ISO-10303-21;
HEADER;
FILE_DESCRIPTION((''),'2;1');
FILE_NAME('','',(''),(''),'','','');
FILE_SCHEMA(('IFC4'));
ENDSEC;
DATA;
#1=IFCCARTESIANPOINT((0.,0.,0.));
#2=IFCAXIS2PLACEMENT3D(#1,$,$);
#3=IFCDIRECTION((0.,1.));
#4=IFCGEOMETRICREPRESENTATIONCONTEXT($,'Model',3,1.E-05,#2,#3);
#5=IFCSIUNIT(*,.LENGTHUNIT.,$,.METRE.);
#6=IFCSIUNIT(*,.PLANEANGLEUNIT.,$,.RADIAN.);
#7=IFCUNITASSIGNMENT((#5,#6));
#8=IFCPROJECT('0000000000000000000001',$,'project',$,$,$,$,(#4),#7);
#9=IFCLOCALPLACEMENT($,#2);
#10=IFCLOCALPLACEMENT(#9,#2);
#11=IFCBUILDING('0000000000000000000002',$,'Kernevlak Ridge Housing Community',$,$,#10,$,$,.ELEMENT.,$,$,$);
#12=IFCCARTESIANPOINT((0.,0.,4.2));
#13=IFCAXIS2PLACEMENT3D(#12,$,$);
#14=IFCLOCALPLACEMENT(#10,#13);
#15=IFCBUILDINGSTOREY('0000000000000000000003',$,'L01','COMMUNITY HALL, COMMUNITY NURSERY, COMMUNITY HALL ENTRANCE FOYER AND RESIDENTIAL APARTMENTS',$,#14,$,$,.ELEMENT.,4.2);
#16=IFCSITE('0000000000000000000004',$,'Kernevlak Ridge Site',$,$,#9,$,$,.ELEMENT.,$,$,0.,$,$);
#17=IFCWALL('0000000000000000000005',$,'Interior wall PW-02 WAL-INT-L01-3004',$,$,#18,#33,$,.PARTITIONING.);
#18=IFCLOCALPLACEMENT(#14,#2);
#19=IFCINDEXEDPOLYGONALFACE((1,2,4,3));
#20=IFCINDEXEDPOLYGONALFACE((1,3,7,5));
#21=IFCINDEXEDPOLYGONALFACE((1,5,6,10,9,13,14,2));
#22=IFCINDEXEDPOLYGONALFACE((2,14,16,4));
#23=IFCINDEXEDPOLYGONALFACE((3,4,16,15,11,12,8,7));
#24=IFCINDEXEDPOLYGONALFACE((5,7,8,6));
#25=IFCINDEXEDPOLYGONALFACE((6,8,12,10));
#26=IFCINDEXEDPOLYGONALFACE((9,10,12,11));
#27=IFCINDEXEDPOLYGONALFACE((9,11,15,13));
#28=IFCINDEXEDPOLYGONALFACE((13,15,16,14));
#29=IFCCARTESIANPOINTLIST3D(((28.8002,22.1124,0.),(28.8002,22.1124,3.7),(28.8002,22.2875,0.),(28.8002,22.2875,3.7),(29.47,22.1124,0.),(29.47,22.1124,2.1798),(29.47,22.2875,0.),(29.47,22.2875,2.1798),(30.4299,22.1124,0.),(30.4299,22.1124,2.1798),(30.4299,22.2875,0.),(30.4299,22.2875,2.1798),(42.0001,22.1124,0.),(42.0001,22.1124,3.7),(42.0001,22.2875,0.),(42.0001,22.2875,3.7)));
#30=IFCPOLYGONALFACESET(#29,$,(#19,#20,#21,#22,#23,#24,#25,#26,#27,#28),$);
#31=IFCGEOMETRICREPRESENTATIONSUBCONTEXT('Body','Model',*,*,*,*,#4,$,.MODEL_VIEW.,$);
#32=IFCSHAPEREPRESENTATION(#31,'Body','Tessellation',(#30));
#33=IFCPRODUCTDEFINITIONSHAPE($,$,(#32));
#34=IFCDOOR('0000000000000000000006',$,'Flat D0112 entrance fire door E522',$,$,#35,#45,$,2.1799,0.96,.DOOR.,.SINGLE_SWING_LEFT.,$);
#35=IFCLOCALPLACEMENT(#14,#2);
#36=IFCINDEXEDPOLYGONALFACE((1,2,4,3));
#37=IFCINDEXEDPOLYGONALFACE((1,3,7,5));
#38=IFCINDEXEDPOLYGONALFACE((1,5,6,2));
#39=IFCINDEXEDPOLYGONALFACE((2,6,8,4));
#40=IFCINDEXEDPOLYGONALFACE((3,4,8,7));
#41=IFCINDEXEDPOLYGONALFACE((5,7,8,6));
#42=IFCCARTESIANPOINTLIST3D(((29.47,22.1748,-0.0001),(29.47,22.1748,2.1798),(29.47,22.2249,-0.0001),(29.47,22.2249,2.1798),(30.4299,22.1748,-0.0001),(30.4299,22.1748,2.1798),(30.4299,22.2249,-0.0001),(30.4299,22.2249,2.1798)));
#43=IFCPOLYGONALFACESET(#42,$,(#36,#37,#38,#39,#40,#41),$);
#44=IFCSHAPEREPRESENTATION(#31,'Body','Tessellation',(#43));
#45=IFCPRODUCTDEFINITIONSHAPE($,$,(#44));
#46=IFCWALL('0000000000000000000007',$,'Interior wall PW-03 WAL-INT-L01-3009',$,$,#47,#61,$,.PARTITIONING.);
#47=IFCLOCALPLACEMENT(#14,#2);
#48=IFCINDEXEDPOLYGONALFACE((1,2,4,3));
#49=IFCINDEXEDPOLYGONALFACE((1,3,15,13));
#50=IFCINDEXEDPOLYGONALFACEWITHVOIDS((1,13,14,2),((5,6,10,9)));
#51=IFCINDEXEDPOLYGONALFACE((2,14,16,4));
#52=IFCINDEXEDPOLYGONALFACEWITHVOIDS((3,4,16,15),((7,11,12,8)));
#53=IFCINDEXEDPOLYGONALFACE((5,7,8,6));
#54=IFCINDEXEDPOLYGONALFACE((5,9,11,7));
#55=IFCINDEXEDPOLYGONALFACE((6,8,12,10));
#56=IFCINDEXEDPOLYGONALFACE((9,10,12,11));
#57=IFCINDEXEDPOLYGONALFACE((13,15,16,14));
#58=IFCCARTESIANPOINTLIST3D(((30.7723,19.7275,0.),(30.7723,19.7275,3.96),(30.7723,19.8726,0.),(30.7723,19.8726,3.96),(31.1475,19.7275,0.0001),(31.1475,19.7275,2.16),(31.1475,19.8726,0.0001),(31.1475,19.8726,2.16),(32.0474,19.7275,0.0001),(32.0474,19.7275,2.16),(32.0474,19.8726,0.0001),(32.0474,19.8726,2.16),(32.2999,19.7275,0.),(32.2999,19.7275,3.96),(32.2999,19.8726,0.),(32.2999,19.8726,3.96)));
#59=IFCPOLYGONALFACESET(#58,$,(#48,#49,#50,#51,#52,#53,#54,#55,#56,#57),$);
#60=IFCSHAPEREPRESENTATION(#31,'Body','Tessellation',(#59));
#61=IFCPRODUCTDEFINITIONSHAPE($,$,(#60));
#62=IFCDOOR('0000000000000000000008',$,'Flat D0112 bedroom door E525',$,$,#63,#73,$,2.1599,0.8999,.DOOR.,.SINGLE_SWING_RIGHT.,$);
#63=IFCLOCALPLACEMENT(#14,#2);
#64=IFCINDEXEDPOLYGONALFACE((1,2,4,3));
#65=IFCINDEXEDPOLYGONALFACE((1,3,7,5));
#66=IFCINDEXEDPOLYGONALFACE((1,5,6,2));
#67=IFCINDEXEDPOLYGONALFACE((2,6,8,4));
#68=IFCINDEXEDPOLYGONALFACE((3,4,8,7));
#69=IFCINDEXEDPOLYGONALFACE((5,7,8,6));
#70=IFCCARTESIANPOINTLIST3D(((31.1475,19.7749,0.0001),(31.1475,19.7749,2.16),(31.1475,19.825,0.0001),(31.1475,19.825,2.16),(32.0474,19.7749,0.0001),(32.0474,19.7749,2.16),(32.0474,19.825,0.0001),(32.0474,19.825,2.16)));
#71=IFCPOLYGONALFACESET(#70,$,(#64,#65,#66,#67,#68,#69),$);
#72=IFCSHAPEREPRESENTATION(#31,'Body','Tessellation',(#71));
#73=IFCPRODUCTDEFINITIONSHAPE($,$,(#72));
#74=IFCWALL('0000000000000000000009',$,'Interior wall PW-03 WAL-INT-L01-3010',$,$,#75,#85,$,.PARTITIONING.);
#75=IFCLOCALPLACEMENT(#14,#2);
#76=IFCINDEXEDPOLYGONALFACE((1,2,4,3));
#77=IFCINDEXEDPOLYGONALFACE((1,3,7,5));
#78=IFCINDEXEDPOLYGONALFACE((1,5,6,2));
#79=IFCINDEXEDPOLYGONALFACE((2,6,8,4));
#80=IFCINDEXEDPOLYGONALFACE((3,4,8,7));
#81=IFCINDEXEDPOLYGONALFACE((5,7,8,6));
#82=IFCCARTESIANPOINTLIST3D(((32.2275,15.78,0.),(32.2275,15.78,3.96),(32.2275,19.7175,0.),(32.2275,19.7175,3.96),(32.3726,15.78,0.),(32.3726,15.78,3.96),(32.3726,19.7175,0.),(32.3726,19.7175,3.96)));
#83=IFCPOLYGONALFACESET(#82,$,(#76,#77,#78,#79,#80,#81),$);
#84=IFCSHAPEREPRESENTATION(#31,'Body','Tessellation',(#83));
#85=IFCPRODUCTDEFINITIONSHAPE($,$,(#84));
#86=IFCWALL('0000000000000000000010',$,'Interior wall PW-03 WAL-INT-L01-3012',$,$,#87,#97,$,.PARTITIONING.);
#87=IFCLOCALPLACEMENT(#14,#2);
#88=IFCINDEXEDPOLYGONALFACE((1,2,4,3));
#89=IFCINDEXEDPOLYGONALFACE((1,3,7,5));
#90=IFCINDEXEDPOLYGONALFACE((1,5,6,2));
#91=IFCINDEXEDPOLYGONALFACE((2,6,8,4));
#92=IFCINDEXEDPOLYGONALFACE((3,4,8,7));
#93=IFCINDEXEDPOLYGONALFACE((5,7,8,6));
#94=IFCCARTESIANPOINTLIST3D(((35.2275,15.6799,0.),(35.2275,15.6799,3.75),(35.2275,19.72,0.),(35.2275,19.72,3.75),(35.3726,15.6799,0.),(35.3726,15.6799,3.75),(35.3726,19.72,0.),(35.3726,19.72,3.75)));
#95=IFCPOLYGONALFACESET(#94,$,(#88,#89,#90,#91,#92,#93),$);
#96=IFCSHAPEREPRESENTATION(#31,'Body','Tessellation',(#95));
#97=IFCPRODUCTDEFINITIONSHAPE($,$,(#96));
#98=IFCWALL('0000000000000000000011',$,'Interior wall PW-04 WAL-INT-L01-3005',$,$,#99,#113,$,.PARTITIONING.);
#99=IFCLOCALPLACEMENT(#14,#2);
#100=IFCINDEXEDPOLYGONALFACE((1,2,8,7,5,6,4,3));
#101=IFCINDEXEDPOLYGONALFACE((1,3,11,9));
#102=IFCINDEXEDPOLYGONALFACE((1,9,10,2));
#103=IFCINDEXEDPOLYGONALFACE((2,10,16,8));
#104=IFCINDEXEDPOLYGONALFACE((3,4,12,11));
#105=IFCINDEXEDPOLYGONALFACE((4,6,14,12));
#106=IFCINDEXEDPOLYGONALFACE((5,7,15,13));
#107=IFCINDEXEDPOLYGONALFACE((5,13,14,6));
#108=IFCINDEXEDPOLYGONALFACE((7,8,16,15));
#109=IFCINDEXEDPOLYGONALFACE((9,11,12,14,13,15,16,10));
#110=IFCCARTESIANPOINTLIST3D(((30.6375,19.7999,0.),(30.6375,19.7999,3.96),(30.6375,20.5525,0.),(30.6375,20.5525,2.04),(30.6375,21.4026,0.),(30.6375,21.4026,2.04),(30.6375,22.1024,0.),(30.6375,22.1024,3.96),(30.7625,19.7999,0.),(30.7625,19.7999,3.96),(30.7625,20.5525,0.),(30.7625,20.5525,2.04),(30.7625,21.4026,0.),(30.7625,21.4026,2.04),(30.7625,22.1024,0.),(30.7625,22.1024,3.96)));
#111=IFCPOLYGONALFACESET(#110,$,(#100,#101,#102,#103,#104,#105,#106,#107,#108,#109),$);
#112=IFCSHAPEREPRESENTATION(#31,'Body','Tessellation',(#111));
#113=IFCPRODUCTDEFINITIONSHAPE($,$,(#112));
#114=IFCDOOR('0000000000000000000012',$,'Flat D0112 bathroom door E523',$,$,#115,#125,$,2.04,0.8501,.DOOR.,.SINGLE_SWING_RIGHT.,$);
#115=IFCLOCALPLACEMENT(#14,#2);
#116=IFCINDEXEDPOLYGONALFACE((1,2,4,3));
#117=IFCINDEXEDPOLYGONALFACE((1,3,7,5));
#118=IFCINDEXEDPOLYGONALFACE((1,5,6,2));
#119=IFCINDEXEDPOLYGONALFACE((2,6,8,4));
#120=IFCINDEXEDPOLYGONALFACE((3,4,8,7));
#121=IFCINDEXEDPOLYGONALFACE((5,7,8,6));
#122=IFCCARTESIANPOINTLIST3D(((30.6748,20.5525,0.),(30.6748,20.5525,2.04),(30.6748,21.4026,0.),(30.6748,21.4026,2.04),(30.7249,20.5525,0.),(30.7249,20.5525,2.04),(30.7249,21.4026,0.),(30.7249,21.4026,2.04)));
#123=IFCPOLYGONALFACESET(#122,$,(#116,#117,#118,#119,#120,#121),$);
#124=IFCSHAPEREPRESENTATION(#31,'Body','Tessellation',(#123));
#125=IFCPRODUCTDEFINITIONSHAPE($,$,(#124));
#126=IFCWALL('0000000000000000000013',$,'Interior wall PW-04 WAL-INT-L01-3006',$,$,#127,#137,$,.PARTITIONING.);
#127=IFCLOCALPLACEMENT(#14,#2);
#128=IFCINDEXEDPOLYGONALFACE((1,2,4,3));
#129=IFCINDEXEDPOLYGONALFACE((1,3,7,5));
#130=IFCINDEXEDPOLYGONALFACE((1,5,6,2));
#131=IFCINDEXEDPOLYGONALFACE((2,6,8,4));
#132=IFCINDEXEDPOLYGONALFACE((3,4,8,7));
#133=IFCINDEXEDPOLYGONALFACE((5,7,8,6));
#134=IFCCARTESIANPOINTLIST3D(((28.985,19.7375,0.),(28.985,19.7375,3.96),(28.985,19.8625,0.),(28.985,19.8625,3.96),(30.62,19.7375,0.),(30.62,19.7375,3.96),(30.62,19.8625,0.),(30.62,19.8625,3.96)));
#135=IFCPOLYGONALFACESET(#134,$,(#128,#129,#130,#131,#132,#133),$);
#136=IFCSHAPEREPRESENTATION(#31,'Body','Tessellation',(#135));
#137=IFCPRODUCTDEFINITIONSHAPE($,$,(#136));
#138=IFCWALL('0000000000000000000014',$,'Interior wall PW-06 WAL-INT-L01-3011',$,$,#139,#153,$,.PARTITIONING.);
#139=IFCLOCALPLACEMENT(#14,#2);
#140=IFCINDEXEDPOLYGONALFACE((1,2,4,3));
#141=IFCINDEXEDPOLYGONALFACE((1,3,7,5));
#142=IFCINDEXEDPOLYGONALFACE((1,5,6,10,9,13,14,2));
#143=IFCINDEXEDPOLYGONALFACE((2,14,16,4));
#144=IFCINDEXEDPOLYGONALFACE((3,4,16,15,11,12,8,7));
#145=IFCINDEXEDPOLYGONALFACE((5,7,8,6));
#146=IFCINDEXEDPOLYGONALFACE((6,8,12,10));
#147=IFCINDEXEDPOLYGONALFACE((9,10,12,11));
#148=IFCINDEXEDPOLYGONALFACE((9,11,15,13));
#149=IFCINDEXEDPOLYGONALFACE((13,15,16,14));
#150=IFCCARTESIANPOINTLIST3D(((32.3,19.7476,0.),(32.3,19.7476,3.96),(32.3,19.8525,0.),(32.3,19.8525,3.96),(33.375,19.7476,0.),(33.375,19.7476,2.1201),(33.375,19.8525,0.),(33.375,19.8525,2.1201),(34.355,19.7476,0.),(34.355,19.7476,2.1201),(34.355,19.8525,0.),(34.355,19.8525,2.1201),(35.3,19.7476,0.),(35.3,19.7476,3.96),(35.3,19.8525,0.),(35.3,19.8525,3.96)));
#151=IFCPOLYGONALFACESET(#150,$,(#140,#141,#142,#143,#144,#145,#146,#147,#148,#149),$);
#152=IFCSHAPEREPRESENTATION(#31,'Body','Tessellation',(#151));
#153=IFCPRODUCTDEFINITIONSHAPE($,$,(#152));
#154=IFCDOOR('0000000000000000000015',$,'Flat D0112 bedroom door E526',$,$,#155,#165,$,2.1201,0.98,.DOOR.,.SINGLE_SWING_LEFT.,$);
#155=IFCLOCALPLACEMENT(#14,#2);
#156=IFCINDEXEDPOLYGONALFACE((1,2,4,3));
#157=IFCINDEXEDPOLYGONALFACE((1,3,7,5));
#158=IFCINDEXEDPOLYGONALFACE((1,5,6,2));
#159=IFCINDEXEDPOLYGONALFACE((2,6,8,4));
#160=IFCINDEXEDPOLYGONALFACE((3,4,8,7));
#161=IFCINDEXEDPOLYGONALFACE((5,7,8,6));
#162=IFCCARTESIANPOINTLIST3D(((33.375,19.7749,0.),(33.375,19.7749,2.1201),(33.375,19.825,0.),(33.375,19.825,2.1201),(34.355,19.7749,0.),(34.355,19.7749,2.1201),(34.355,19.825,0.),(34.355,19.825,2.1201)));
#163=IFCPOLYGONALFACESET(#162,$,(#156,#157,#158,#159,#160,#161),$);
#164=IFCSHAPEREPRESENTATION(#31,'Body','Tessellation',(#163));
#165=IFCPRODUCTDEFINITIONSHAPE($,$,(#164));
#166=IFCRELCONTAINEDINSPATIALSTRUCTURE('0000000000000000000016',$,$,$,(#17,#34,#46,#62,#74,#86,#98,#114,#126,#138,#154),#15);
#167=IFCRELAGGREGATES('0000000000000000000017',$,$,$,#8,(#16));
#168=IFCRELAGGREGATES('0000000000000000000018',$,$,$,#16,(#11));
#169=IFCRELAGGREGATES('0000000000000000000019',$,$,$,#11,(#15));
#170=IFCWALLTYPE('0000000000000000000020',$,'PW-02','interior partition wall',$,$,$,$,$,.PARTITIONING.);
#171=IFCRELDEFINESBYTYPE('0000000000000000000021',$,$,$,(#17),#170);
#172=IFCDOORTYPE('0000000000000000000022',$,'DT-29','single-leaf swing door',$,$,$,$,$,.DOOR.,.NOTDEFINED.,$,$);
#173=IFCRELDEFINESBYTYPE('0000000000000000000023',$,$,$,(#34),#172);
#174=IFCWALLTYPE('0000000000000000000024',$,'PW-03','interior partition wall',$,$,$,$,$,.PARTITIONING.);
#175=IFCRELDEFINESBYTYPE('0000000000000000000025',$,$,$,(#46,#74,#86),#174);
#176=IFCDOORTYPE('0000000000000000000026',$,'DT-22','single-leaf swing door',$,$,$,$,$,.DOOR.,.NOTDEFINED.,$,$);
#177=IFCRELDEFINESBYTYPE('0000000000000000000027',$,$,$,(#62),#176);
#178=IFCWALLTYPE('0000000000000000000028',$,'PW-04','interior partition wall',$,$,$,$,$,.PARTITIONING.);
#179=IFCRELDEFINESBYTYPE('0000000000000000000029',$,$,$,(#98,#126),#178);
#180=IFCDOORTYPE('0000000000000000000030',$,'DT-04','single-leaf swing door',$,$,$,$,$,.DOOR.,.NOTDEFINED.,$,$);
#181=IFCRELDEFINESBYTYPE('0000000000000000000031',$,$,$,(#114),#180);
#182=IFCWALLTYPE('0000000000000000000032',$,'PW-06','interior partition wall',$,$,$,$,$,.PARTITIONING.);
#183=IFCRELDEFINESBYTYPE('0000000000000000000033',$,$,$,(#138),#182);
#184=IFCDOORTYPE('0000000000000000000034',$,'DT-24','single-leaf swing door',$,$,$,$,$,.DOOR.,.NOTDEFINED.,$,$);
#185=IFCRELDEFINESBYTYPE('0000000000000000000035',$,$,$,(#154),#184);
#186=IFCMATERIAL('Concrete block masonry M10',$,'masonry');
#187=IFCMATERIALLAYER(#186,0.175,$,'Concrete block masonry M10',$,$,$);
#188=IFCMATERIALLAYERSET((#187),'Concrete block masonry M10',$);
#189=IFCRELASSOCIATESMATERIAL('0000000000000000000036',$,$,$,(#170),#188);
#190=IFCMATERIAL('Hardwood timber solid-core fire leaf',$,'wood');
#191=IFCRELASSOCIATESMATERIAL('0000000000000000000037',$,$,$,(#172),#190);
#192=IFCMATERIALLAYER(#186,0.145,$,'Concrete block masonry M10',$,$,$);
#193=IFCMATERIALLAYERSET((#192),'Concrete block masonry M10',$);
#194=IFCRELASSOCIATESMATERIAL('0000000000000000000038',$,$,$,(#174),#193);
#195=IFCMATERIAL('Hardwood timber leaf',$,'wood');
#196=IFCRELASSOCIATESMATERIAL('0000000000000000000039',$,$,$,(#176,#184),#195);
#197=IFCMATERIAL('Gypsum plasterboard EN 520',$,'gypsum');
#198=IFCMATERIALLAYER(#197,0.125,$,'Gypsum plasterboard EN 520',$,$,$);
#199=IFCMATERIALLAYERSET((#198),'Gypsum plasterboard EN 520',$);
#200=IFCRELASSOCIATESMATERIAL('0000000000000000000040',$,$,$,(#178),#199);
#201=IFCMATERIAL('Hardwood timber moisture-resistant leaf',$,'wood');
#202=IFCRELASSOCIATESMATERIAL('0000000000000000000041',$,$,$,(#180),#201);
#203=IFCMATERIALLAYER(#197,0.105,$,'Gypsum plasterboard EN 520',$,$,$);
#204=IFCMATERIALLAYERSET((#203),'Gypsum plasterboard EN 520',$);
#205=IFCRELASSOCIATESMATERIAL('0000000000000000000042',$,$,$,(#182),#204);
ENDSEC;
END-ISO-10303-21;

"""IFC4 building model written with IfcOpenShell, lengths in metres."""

from ifc_helpers import new_model, si_unit, direction, frame, frame_2d, origin, place, context, subcontext, project, spatial, rectangle, extrude, material, layer, layer_set, type_object, element, fill, save


model = new_model("IFC4")

# Units and contexts
model_context = context("Model", 3, precision=1e-05, world=origin(), true_north=direction((0.0, 1.0)))
body_context = subcontext(model_context, "Body", "Model", "MODEL_VIEW")
ifc_project = project(units=[si_unit("LENGTHUNIT", "METRE"), si_unit("PLANEANGLEUNIT", "RADIAN")], contexts=[model_context])

# Site, building, storey
site_placement = place(None, origin())
site = spatial("IfcSite", under=ifc_project, at=site_placement, Name="Kernevlak Ridge Site", CompositionType="ELEMENT", RefElevation=0.0)
building_placement = place(site_placement, origin())
building = spatial("IfcBuilding", under=site, at=building_placement, Name="Kernevlak Ridge Housing Community", CompositionType="ELEMENT")
storey_placement = place(building_placement, frame((0.0, 0.0, 4.2)))
storey = spatial("IfcBuildingStorey", under=building, at=storey_placement, Name="L01", Description="COMMUNITY HALL, COMMUNITY NURSERY, COMMUNITY HALL ENTRANCE FOYER AND RESIDENTIAL APARTMENTS", CompositionType="ELEMENT", Elevation=4.2)

# Shared definitions
ifc_material_1 = material(Name="Concrete block masonry M10", Category="masonry")

# Shared definitions
ifc_layer_1 = layer(ifc_material_1, 0.175, Name="Concrete block masonry M10")
ifc_layer_set_1 = layer_set([ifc_layer_1], Name="Concrete block masonry M10")
wall_type_1 = type_object("IfcWallType", Name="PW-02", Description="interior partition wall", PredefinedType="PARTITIONING", material=ifc_layer_set_1)

# Walls, openings, doors
wall_1_placement = place(storey_placement, frame((28.8, 22.2, 0.0), z_axis=(0.0, 0.0, 1.0), x_axis=(1.0, 0.0, 0.0)))
wall_1 = element("IfcWall", 1, at=wall_1_placement, inside=storey, type_object=wall_type_1, Name="Interior wall PW-02 WAL-INT-L01-3004", PredefinedType="PARTITIONING", context=body_context, shape_type="SweptSolid", body=[
    extrude(rectangle(XDim=13.2, YDim=0.175, at=frame_2d((6.6001, 0.0))), origin(), (0.0, 0.0, 1.0), 3.7),
])
opening_1_placement = place(wall_1_placement, frame((0.6699, 0.0, 0.0)))
opening_1 = element("IfcOpeningElement", 2, at=opening_1_placement, cuts=wall_1, PredefinedType="OPENING", context=body_context, shape_type="SweptSolid", body=[
    extrude(rectangle(XDim=0.96, YDim=2.1799, at=frame_2d((0.48, 1.0898))), frame((0.0, 0.0974, 0.0), z_axis=(0.0, -1.0, 0.0), x_axis=(1.0, 0.0, 0.0)), (0.0, 0.0, 1.0), 0.1951),
])
ifc_material_2 = material(Name="Hardwood timber solid-core fire leaf", Category="wood")
door_type_1 = type_object("IfcDoorType", Name="DT-29", Description="single-leaf swing door", OperationType="NOTDEFINED", PredefinedType="DOOR", material=ifc_material_2)
door_1_placement = place(opening_1_placement, origin())
door_1 = element("IfcDoor", 3, at=door_1_placement, inside=storey, type_object=door_type_1, Name="Flat D0112 entrance fire door E522", OperationType="SINGLE_SWING_LEFT", OverallHeight=2.1799, OverallWidth=0.96, PredefinedType="DOOR", context=body_context, shape_type="SweptSolid", body=[
    extrude(rectangle(XDim=0.96, YDim=2.1799, at=frame_2d((0.48, 1.0898))), frame((0.0, 0.0249, 0.0), z_axis=(0.0, -1.0, 0.0), x_axis=(1.0, 0.0, 0.0)), (0.0, 0.0, 1.0), 0.05),
])
fill(opening_1, door_1)
ifc_layer_2 = layer(ifc_material_1, 0.145, Name="Concrete block masonry M10")
ifc_layer_set_2 = layer_set([ifc_layer_2], Name="Concrete block masonry M10")
wall_type_2 = type_object("IfcWallType", Name="PW-03", Description="interior partition wall", PredefinedType="PARTITIONING", material=ifc_layer_set_2)
wall_2_placement = place(storey_placement, frame((30.7725, 19.8, 0.0), z_axis=(0.0, 0.0, 1.0), x_axis=(1.0, 0.0, 0.0)))
wall_2 = element("IfcWall", 4, at=wall_2_placement, inside=storey, type_object=wall_type_2, Name="Interior wall PW-03 WAL-INT-L01-3009", PredefinedType="PARTITIONING", context=body_context, shape_type="SweptSolid", body=[
    extrude(rectangle(XDim=1.5276, YDim=0.145, at=frame_2d((0.7637, 0.0))), origin(), (0.0, 0.0, 1.0), 3.96),
])
opening_2_placement = place(wall_2_placement, frame((0.375, 0.0, 0.0)))
opening_2 = element("IfcOpeningElement", 5, at=opening_2_placement, cuts=wall_2, PredefinedType="OPENING", context=body_context, shape_type="SweptSolid", body=[
    extrude(rectangle(XDim=0.8999, YDim=2.1599, at=frame_2d((0.45, 1.0801))), frame((0.0, 0.0825, 0.0), z_axis=(0.0, -1.0, 0.0), x_axis=(1.0, 0.0, 0.0)), (0.0, 0.0, 1.0), 0.165),
])
ifc_material_3 = material(Name="Hardwood timber leaf", Category="wood")
door_type_2 = type_object("IfcDoorType", Name="DT-22", Description="single-leaf swing door", OperationType="NOTDEFINED", PredefinedType="DOOR", material=ifc_material_3)
door_2_placement = place(opening_2_placement, origin())
door_2 = element("IfcDoor", 6, at=door_2_placement, inside=storey, type_object=door_type_2, Name="Flat D0112 bedroom door E525", OperationType="SINGLE_SWING_RIGHT", OverallHeight=2.1599, OverallWidth=0.8999, PredefinedType="DOOR", context=body_context, shape_type="SweptSolid", body=[
    extrude(rectangle(XDim=0.8999, YDim=2.1599, at=frame_2d((0.45, 1.0801))), frame((0.0, 0.0249, 0.0), z_axis=(0.0, -1.0, 0.0), x_axis=(1.0, 0.0, 0.0)), (0.0, 0.0, 1.0), 0.05),
])
fill(opening_2, door_2)

# Walls
wall_3_placement = place(storey_placement, frame((32.3, 19.7175, 0.0), z_axis=(0.0, 0.0, 1.0), x_axis=(0.0, -1.0, 0.0)))
element("IfcWall", 7, at=wall_3_placement, inside=storey, type_object=wall_type_2, Name="Interior wall PW-03 WAL-INT-L01-3010", PredefinedType="PARTITIONING", context=body_context, shape_type="SweptSolid", body=[
    extrude(rectangle(XDim=3.9375, YDim=0.145, at=frame_2d((1.9688, 0.0))), origin(), (0.0, 0.0, 1.0), 3.96),
])
wall_4_placement = place(storey_placement, frame((35.3, 19.72, 0.0), z_axis=(0.0, 0.0, 1.0), x_axis=(0.0, -1.0, 0.0)))
element("IfcWall", 8, at=wall_4_placement, inside=storey, type_object=wall_type_2, Name="Interior wall PW-03 WAL-INT-L01-3012", PredefinedType="PARTITIONING", context=body_context, shape_type="SweptSolid", body=[
    extrude(rectangle(XDim=4.04, YDim=0.145, at=frame_2d((2.02, 0.0))), origin(), (0.0, 0.0, 1.0), 3.75),
])

# Wall, opening, door
ifc_material_4 = material(Name="Gypsum plasterboard EN 520", Category="gypsum")
ifc_layer_3 = layer(ifc_material_4, 0.125, Name="Gypsum plasterboard EN 520")
ifc_layer_set_3 = layer_set([ifc_layer_3], Name="Gypsum plasterboard EN 520")
wall_type_3 = type_object("IfcWallType", Name="PW-04", Description="interior partition wall", PredefinedType="PARTITIONING", material=ifc_layer_set_3)
wall_5_placement = place(storey_placement, frame((30.7, 22.1025, 0.0), z_axis=(0.0, 0.0, 1.0), x_axis=(0.0, -1.0, 0.0)))
wall_5 = element("IfcWall", 9, at=wall_5_placement, inside=storey, type_object=wall_type_3, Name="Interior wall PW-04 WAL-INT-L01-3005", PredefinedType="PARTITIONING", context=body_context, shape_type="SweptSolid", body=[
    extrude(rectangle(XDim=2.3025, YDim=0.125, at=frame_2d((1.1514, 0.0))), origin(), (0.0, 0.0, 1.0), 3.96),
])
opening_3_placement = place(wall_5_placement, frame((0.7, 0.0, 0.0)))
opening_3 = element("IfcOpeningElement", 10, at=opening_3_placement, cuts=wall_5, PredefinedType="OPENING", context=body_context, shape_type="SweptSolid", body=[
    extrude(rectangle(XDim=0.8501, YDim=2.04, at=frame_2d((0.425, 1.02))), frame((0.0, 0.0725, 0.0), z_axis=(0.0, -1.0, 0.0), x_axis=(1.0, 0.0, 0.0)), (0.0, 0.0, 1.0), 0.145),
])
ifc_material_5 = material(Name="Hardwood timber moisture-resistant leaf", Category="wood")
door_type_3 = type_object("IfcDoorType", Name="DT-04", Description="single-leaf swing door", OperationType="NOTDEFINED", PredefinedType="DOOR", material=ifc_material_5)
door_3_placement = place(opening_3_placement, origin())
door_3 = element("IfcDoor", 11, at=door_3_placement, inside=storey, type_object=door_type_3, Name="Flat D0112 bathroom door E523", OperationType="SINGLE_SWING_RIGHT", OverallHeight=2.04, OverallWidth=0.8501, PredefinedType="DOOR", context=body_context, shape_type="SweptSolid", body=[
    extrude(rectangle(XDim=0.8501, YDim=2.04, at=frame_2d((0.425, 1.02))), frame((0.0, 0.0249, 0.0), z_axis=(0.0, -1.0, 0.0), x_axis=(1.0, 0.0, 0.0)), (0.0, 0.0, 1.0), 0.05),
])
fill(opening_3, door_3)

# Wall
wall_6_placement = place(storey_placement, frame((28.9851, 19.8, 0.0), z_axis=(0.0, 0.0, 1.0), x_axis=(1.0, 0.0, 0.0)))
element("IfcWall", 12, at=wall_6_placement, inside=storey, type_object=wall_type_3, Name="Interior wall PW-04 WAL-INT-L01-3006", PredefinedType="PARTITIONING", context=body_context, shape_type="SweptSolid", body=[
    extrude(rectangle(XDim=1.635, YDim=0.125, at=frame_2d((0.8174, 0.0))), origin(), (0.0, 0.0, 1.0), 3.96),
])

# Wall, opening, door
ifc_layer_4 = layer(ifc_material_4, 0.105, Name="Gypsum plasterboard EN 520")
ifc_layer_set_4 = layer_set([ifc_layer_4], Name="Gypsum plasterboard EN 520")
wall_type_4 = type_object("IfcWallType", Name="PW-06", Description="interior partition wall", PredefinedType="PARTITIONING", material=ifc_layer_set_4)
wall_7_placement = place(storey_placement, frame((32.3, 19.8, 0.0), z_axis=(0.0, 0.0, 1.0), x_axis=(1.0, 0.0, 0.0)))
wall_7 = element("IfcWall", 13, at=wall_7_placement, inside=storey, type_object=wall_type_4, Name="Interior wall PW-06 WAL-INT-L01-3011", PredefinedType="PARTITIONING", context=body_context, shape_type="SweptSolid", body=[
    extrude(rectangle(XDim=3.0, YDim=0.105, at=frame_2d((1.5, 0.0))), origin(), (0.0, 0.0, 1.0), 3.96),
])
opening_4_placement = place(wall_7_placement, frame((1.075, 0.0, 0.0)))
opening_4 = element("IfcOpeningElement", 14, at=opening_4_placement, cuts=wall_7, PredefinedType="OPENING", context=body_context, shape_type="SweptSolid", body=[
    extrude(rectangle(XDim=0.98, YDim=2.1201, at=frame_2d((0.49, 1.0601))), frame((0.0, 0.0625, 0.0), z_axis=(0.0, -1.0, 0.0), x_axis=(1.0, 0.0, 0.0)), (0.0, 0.0, 1.0), 0.125),
])
door_type_4 = type_object("IfcDoorType", Name="DT-24", Description="single-leaf swing door", OperationType="NOTDEFINED", PredefinedType="DOOR", material=ifc_material_3)
door_4_placement = place(opening_4_placement, origin())
door_4 = element("IfcDoor", 15, at=door_4_placement, inside=storey, type_object=door_type_4, Name="Flat D0112 bedroom door E526", OperationType="SINGLE_SWING_LEFT", OverallHeight=2.1201, OverallWidth=0.98, PredefinedType="DOOR", context=body_context, shape_type="SweptSolid", body=[
    extrude(rectangle(XDim=0.98, YDim=2.1201, at=frame_2d((0.49, 1.0601))), frame((0.0, 0.0249, 0.0), z_axis=(0.0, -1.0, 0.0), x_axis=(1.0, 0.0, 0.0)), (0.0, 0.0, 1.0), 0.05),
])
fill(opening_4, door_4)

save(model, "model.ifc")
